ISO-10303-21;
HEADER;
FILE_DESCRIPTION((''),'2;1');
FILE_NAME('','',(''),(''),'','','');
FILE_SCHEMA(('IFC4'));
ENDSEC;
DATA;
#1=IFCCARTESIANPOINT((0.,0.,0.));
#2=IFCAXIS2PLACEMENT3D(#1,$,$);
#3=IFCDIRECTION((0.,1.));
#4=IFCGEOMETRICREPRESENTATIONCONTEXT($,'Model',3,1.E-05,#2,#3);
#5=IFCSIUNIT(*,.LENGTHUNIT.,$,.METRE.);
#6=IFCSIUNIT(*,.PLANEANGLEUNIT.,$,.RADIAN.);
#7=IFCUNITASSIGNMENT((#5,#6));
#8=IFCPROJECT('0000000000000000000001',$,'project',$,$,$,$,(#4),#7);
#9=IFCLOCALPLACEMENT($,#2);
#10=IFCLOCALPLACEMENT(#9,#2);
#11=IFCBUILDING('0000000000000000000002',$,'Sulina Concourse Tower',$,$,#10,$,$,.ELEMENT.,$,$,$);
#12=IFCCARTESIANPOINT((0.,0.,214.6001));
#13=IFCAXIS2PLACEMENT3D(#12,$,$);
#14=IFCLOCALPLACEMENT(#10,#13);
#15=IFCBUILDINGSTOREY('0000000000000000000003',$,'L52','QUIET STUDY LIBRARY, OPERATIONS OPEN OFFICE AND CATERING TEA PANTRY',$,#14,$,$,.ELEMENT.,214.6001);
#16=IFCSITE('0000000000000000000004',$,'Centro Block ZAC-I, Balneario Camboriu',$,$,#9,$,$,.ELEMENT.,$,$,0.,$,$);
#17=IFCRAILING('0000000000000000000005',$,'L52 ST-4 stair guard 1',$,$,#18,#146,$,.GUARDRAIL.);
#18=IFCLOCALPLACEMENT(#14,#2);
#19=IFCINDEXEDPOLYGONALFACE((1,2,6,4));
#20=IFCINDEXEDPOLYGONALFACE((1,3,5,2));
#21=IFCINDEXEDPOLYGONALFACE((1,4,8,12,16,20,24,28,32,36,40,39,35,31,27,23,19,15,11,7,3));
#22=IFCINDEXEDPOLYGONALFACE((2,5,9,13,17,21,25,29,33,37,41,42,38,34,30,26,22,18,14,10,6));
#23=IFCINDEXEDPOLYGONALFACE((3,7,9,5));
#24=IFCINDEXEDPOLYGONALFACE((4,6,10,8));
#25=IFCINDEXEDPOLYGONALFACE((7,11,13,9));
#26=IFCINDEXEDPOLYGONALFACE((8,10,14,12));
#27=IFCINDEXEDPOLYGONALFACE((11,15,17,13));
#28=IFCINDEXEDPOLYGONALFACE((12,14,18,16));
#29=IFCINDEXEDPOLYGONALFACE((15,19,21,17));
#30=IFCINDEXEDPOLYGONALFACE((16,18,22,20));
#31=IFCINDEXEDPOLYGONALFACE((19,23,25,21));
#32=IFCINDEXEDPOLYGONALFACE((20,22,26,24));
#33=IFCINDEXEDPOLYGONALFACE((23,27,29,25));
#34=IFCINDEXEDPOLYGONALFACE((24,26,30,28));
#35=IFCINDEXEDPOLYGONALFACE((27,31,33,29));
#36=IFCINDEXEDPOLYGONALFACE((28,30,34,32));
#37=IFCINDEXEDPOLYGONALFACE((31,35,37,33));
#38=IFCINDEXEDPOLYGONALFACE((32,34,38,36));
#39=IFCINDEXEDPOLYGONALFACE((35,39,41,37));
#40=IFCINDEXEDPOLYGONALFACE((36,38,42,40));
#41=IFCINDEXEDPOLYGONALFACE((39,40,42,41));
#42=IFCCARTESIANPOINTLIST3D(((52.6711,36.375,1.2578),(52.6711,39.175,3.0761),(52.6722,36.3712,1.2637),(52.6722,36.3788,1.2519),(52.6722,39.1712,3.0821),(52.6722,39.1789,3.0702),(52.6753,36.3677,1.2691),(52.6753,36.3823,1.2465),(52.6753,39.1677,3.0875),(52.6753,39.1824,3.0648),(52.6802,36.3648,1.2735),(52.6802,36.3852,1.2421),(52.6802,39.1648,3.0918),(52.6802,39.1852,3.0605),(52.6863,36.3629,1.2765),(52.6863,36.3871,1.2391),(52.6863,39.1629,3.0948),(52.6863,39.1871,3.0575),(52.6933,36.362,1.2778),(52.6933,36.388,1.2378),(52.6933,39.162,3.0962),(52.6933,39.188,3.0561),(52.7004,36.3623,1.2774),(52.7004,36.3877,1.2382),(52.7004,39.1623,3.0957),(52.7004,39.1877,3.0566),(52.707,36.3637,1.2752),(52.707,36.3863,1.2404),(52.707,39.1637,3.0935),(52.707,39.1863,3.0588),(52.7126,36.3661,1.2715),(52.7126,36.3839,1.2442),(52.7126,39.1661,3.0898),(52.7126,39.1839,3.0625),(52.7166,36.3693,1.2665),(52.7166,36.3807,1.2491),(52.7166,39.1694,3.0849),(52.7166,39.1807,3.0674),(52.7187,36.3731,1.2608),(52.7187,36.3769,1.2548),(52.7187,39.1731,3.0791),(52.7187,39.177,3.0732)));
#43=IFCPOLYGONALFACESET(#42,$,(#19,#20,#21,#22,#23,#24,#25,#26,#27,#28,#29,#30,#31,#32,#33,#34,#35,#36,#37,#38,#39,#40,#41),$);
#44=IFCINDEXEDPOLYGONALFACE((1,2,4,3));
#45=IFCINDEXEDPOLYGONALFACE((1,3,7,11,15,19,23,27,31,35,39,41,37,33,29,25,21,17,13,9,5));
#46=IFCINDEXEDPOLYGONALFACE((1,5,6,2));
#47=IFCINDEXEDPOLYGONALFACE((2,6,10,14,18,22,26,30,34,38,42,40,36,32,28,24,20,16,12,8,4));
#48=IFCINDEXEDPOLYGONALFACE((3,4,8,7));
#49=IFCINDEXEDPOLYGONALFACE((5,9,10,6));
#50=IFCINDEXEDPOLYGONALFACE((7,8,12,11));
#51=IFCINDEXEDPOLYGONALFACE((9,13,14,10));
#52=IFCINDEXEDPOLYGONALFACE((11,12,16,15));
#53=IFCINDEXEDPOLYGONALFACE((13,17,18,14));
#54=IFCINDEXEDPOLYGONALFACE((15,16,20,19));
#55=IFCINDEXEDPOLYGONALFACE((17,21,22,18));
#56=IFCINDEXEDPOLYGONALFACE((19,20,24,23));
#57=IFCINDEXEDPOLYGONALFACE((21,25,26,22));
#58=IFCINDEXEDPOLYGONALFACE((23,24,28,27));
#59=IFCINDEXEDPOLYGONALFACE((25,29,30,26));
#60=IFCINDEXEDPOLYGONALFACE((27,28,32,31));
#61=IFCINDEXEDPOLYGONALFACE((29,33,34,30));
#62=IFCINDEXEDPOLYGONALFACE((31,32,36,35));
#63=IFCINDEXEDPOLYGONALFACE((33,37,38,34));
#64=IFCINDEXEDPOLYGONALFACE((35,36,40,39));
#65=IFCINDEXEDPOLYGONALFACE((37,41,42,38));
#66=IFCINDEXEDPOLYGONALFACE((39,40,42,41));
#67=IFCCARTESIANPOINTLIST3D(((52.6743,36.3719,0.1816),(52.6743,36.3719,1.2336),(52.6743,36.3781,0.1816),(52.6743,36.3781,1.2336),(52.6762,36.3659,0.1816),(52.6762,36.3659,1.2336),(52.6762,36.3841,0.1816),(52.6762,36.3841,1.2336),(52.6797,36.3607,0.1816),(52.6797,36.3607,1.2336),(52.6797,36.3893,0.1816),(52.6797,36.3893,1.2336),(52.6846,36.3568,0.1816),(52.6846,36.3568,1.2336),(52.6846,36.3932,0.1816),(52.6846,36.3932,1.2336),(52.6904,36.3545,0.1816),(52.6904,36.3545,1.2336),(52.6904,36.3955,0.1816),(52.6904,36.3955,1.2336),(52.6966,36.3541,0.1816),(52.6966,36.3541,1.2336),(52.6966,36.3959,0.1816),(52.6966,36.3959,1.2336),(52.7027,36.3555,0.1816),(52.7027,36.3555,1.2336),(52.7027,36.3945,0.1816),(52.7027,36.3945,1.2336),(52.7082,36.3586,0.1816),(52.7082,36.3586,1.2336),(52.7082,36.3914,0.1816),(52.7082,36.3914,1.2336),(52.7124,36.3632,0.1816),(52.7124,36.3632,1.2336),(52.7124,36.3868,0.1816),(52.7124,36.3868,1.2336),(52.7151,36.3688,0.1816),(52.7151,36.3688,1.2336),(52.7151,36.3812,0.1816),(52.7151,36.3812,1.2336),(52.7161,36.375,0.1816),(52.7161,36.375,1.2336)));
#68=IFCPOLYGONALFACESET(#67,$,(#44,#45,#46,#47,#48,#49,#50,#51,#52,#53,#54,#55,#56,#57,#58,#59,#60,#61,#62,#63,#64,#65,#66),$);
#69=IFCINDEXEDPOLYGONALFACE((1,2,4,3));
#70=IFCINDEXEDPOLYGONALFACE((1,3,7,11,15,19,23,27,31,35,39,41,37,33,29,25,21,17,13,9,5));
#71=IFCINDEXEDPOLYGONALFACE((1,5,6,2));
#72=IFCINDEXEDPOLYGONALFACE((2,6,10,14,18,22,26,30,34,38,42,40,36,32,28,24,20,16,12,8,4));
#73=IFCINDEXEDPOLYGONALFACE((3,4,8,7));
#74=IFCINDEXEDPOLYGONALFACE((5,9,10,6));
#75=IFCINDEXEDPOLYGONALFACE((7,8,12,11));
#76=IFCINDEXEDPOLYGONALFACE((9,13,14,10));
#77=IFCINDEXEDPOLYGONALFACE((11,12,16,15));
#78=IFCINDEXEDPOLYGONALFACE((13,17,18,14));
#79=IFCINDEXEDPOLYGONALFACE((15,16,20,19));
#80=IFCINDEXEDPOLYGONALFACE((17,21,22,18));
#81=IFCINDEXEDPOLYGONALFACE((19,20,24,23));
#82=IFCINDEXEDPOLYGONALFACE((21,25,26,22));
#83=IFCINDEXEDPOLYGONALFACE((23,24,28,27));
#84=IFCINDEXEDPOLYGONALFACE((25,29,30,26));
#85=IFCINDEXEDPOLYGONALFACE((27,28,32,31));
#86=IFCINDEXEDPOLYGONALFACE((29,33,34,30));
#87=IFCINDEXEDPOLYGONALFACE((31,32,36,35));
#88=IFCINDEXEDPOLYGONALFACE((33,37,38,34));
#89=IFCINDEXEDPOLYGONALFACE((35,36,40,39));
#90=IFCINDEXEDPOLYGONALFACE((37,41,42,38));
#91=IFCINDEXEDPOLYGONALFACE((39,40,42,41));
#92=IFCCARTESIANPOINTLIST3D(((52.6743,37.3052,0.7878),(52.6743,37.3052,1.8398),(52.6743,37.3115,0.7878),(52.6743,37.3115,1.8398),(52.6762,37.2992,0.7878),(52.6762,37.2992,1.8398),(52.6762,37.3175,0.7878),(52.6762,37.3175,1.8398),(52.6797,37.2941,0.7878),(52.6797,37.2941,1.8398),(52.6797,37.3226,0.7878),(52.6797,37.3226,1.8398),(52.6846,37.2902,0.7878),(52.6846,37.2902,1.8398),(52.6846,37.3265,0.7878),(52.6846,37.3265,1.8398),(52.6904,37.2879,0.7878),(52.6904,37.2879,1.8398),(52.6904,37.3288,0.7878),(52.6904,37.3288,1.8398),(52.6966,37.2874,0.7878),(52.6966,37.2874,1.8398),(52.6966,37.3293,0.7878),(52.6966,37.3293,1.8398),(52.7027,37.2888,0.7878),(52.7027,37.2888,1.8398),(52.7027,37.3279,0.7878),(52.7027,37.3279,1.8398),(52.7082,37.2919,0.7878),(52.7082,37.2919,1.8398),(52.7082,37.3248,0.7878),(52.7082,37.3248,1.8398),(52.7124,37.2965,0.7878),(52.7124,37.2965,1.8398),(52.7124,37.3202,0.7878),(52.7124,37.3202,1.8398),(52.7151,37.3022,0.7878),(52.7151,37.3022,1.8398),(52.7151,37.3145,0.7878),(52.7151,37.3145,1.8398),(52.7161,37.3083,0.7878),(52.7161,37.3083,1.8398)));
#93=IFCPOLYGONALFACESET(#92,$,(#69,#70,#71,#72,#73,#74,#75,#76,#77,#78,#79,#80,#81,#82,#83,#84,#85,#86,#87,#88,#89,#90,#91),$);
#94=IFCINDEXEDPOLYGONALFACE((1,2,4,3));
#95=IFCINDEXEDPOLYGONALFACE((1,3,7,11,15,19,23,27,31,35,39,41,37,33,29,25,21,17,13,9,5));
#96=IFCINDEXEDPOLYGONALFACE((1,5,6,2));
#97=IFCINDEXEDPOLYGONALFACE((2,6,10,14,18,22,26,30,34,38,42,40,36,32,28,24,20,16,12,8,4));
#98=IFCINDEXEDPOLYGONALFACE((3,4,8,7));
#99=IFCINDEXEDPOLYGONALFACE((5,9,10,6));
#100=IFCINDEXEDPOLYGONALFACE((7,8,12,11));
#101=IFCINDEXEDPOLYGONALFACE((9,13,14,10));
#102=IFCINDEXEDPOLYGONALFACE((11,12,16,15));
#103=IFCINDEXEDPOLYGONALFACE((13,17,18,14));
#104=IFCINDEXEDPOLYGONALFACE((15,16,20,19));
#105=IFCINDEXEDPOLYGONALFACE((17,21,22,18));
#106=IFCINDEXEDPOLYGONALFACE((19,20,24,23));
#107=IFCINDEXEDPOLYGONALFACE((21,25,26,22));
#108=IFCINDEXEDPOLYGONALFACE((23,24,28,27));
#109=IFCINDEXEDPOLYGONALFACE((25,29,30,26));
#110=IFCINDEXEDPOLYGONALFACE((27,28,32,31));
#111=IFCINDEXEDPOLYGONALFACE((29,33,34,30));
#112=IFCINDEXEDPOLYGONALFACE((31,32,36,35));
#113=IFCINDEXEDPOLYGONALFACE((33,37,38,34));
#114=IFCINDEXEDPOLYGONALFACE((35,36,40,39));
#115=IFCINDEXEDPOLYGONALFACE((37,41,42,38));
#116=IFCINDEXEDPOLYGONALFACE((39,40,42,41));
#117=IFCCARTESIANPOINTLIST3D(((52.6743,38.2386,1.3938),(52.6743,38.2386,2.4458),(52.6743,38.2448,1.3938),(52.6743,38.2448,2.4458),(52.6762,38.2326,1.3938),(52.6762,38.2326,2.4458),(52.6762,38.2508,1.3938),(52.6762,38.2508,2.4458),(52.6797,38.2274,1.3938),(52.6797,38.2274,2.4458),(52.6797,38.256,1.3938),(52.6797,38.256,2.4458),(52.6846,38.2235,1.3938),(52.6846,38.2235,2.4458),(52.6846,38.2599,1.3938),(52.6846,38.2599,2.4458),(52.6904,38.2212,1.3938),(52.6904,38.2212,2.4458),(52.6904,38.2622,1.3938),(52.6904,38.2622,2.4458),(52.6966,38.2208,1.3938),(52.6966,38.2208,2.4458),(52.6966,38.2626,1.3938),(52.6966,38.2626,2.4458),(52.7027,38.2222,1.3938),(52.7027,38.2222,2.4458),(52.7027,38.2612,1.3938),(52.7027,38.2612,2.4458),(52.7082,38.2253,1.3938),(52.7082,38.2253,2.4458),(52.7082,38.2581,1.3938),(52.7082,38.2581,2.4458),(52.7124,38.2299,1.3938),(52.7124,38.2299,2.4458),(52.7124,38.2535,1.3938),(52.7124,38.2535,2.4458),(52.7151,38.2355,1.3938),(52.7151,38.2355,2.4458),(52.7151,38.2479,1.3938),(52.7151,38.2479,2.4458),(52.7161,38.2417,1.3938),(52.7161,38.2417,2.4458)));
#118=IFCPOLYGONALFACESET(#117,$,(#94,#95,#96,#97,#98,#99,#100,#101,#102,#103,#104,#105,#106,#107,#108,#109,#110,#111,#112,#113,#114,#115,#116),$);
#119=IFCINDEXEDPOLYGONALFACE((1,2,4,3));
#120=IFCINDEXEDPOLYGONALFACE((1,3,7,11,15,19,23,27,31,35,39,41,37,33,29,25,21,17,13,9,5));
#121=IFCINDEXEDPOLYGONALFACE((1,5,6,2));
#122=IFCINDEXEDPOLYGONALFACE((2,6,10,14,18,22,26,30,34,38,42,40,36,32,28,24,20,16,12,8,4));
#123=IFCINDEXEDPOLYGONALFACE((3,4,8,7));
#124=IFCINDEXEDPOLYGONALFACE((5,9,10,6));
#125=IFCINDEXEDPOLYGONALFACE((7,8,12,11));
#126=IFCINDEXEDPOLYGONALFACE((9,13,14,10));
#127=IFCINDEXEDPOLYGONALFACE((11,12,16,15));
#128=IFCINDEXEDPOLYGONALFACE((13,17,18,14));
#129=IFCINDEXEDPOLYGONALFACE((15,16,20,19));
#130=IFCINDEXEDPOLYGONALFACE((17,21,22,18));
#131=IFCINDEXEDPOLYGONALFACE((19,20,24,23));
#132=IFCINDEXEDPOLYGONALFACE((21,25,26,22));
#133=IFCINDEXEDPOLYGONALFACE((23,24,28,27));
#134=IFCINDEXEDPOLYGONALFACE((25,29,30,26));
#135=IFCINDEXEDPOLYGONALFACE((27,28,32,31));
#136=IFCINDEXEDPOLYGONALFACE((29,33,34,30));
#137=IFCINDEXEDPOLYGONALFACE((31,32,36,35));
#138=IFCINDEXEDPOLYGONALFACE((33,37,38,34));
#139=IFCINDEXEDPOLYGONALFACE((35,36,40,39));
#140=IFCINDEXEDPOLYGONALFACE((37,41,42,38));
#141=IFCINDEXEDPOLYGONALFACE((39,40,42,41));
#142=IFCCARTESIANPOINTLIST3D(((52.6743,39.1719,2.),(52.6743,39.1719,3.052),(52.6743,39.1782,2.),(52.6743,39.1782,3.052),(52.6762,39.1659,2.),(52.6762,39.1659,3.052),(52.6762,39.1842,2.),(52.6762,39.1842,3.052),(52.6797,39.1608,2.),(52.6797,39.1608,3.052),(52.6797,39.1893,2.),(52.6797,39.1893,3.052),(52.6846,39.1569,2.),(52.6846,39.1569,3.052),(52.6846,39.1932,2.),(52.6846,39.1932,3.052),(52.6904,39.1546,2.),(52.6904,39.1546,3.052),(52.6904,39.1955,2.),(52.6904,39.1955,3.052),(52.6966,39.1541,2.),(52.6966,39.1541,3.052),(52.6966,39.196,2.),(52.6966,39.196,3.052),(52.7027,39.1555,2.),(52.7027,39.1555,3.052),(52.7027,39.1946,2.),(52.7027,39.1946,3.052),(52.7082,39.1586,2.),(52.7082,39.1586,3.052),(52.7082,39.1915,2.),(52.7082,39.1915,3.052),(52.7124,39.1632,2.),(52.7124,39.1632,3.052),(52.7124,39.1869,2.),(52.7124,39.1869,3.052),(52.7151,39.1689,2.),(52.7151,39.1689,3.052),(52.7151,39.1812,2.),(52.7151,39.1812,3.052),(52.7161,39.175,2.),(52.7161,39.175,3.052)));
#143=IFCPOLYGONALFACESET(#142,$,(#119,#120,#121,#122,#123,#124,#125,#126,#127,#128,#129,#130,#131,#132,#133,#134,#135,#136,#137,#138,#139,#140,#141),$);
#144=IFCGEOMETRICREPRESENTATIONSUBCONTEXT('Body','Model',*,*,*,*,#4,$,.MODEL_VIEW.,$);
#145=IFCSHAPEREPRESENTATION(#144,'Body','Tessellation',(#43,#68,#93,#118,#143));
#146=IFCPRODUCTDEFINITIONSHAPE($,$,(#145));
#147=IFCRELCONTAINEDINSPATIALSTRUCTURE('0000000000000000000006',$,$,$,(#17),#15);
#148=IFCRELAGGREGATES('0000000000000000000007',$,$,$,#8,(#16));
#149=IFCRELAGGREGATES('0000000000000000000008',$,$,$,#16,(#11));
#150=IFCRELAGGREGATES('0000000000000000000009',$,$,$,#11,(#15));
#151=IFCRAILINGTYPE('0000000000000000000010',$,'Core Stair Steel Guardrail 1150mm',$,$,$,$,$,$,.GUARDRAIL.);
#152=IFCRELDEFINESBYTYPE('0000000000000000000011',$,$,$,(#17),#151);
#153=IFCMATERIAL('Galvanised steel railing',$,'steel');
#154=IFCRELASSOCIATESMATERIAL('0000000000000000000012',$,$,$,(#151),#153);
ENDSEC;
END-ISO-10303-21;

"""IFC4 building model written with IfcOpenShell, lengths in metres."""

from ifc_helpers import new_model, si_unit, direction, frame, origin, origin_2d, place, context, subcontext, project, spatial, circle, extrude, material, type_object, element, save


model = new_model("IFC4")

# Units and contexts
model_context = context("Model", 3, precision=1e-05, world=origin(), true_north=direction((0.0, 1.0)))
body_context = subcontext(model_context, "Body", "Model", "MODEL_VIEW")
ifc_project = project(units=[si_unit("LENGTHUNIT", "METRE"), si_unit("PLANEANGLEUNIT", "RADIAN")], contexts=[model_context])

# Site, building, storey
site_placement = place(None, origin())
site = spatial("IfcSite", under=ifc_project, at=site_placement, Name="Centro Block ZAC-I, Balneario Camboriu", CompositionType="ELEMENT", RefElevation=0.0)
building_placement = place(site_placement, origin())
building = spatial("IfcBuilding", under=site, at=building_placement, Name="Sulina Concourse Tower", CompositionType="ELEMENT")
storey_placement = place(building_placement, frame((0.0, 0.0, 214.6001)))
storey = spatial("IfcBuildingStorey", under=building, at=storey_placement, Name="L52", Description="QUIET STUDY LIBRARY, OPERATIONS OPEN OFFICE AND CATERING TEA PANTRY", CompositionType="ELEMENT", Elevation=214.6001)

# Railing
ifc_material_1 = material(Name="Galvanised steel railing", Category="steel")
railing_type_1 = type_object("IfcRailingType", Name="Core Stair Steel Guardrail 1150mm", PredefinedType="GUARDRAIL", material=ifc_material_1)
railing_1_placement = place(storey_placement, frame((52.6951, 36.375, 0.1816)))
element("IfcRailing", 1, at=railing_1_placement, inside=storey, type_object=railing_type_1, Name="L52 ST-4 stair guard 1", PredefinedType="GUARDRAIL", context=body_context, shape_type="SweptSolid", body=[
    extrude(circle(Radius=0.0239, at=origin_2d()), frame((0.0, 0.0, 1.0762), z_axis=(0.0, 0.838672, 0.544636), x_axis=(-1.0, 0.0, 0.0)), (0.0, 0.0, 1.0), 3.3386),
    extrude(circle(Radius=0.021, at=origin_2d()), origin(), (0.0, 0.0, 1.0), 1.052),
    extrude(circle(Radius=0.021, at=origin_2d()), frame((0.0, 0.9333, 0.6062)), (0.0, 0.0, 1.0), 1.052),
    extrude(circle(Radius=0.021, at=origin_2d()), frame((0.0, 1.8667, 1.2122)), (0.0, 0.0, 1.0), 1.052),
    extrude(circle(Radius=0.021, at=origin_2d()), frame((0.0, 2.8, 1.8184)), (0.0, 0.0, 1.0), 1.052),
])

save(model, "model.ifc")
